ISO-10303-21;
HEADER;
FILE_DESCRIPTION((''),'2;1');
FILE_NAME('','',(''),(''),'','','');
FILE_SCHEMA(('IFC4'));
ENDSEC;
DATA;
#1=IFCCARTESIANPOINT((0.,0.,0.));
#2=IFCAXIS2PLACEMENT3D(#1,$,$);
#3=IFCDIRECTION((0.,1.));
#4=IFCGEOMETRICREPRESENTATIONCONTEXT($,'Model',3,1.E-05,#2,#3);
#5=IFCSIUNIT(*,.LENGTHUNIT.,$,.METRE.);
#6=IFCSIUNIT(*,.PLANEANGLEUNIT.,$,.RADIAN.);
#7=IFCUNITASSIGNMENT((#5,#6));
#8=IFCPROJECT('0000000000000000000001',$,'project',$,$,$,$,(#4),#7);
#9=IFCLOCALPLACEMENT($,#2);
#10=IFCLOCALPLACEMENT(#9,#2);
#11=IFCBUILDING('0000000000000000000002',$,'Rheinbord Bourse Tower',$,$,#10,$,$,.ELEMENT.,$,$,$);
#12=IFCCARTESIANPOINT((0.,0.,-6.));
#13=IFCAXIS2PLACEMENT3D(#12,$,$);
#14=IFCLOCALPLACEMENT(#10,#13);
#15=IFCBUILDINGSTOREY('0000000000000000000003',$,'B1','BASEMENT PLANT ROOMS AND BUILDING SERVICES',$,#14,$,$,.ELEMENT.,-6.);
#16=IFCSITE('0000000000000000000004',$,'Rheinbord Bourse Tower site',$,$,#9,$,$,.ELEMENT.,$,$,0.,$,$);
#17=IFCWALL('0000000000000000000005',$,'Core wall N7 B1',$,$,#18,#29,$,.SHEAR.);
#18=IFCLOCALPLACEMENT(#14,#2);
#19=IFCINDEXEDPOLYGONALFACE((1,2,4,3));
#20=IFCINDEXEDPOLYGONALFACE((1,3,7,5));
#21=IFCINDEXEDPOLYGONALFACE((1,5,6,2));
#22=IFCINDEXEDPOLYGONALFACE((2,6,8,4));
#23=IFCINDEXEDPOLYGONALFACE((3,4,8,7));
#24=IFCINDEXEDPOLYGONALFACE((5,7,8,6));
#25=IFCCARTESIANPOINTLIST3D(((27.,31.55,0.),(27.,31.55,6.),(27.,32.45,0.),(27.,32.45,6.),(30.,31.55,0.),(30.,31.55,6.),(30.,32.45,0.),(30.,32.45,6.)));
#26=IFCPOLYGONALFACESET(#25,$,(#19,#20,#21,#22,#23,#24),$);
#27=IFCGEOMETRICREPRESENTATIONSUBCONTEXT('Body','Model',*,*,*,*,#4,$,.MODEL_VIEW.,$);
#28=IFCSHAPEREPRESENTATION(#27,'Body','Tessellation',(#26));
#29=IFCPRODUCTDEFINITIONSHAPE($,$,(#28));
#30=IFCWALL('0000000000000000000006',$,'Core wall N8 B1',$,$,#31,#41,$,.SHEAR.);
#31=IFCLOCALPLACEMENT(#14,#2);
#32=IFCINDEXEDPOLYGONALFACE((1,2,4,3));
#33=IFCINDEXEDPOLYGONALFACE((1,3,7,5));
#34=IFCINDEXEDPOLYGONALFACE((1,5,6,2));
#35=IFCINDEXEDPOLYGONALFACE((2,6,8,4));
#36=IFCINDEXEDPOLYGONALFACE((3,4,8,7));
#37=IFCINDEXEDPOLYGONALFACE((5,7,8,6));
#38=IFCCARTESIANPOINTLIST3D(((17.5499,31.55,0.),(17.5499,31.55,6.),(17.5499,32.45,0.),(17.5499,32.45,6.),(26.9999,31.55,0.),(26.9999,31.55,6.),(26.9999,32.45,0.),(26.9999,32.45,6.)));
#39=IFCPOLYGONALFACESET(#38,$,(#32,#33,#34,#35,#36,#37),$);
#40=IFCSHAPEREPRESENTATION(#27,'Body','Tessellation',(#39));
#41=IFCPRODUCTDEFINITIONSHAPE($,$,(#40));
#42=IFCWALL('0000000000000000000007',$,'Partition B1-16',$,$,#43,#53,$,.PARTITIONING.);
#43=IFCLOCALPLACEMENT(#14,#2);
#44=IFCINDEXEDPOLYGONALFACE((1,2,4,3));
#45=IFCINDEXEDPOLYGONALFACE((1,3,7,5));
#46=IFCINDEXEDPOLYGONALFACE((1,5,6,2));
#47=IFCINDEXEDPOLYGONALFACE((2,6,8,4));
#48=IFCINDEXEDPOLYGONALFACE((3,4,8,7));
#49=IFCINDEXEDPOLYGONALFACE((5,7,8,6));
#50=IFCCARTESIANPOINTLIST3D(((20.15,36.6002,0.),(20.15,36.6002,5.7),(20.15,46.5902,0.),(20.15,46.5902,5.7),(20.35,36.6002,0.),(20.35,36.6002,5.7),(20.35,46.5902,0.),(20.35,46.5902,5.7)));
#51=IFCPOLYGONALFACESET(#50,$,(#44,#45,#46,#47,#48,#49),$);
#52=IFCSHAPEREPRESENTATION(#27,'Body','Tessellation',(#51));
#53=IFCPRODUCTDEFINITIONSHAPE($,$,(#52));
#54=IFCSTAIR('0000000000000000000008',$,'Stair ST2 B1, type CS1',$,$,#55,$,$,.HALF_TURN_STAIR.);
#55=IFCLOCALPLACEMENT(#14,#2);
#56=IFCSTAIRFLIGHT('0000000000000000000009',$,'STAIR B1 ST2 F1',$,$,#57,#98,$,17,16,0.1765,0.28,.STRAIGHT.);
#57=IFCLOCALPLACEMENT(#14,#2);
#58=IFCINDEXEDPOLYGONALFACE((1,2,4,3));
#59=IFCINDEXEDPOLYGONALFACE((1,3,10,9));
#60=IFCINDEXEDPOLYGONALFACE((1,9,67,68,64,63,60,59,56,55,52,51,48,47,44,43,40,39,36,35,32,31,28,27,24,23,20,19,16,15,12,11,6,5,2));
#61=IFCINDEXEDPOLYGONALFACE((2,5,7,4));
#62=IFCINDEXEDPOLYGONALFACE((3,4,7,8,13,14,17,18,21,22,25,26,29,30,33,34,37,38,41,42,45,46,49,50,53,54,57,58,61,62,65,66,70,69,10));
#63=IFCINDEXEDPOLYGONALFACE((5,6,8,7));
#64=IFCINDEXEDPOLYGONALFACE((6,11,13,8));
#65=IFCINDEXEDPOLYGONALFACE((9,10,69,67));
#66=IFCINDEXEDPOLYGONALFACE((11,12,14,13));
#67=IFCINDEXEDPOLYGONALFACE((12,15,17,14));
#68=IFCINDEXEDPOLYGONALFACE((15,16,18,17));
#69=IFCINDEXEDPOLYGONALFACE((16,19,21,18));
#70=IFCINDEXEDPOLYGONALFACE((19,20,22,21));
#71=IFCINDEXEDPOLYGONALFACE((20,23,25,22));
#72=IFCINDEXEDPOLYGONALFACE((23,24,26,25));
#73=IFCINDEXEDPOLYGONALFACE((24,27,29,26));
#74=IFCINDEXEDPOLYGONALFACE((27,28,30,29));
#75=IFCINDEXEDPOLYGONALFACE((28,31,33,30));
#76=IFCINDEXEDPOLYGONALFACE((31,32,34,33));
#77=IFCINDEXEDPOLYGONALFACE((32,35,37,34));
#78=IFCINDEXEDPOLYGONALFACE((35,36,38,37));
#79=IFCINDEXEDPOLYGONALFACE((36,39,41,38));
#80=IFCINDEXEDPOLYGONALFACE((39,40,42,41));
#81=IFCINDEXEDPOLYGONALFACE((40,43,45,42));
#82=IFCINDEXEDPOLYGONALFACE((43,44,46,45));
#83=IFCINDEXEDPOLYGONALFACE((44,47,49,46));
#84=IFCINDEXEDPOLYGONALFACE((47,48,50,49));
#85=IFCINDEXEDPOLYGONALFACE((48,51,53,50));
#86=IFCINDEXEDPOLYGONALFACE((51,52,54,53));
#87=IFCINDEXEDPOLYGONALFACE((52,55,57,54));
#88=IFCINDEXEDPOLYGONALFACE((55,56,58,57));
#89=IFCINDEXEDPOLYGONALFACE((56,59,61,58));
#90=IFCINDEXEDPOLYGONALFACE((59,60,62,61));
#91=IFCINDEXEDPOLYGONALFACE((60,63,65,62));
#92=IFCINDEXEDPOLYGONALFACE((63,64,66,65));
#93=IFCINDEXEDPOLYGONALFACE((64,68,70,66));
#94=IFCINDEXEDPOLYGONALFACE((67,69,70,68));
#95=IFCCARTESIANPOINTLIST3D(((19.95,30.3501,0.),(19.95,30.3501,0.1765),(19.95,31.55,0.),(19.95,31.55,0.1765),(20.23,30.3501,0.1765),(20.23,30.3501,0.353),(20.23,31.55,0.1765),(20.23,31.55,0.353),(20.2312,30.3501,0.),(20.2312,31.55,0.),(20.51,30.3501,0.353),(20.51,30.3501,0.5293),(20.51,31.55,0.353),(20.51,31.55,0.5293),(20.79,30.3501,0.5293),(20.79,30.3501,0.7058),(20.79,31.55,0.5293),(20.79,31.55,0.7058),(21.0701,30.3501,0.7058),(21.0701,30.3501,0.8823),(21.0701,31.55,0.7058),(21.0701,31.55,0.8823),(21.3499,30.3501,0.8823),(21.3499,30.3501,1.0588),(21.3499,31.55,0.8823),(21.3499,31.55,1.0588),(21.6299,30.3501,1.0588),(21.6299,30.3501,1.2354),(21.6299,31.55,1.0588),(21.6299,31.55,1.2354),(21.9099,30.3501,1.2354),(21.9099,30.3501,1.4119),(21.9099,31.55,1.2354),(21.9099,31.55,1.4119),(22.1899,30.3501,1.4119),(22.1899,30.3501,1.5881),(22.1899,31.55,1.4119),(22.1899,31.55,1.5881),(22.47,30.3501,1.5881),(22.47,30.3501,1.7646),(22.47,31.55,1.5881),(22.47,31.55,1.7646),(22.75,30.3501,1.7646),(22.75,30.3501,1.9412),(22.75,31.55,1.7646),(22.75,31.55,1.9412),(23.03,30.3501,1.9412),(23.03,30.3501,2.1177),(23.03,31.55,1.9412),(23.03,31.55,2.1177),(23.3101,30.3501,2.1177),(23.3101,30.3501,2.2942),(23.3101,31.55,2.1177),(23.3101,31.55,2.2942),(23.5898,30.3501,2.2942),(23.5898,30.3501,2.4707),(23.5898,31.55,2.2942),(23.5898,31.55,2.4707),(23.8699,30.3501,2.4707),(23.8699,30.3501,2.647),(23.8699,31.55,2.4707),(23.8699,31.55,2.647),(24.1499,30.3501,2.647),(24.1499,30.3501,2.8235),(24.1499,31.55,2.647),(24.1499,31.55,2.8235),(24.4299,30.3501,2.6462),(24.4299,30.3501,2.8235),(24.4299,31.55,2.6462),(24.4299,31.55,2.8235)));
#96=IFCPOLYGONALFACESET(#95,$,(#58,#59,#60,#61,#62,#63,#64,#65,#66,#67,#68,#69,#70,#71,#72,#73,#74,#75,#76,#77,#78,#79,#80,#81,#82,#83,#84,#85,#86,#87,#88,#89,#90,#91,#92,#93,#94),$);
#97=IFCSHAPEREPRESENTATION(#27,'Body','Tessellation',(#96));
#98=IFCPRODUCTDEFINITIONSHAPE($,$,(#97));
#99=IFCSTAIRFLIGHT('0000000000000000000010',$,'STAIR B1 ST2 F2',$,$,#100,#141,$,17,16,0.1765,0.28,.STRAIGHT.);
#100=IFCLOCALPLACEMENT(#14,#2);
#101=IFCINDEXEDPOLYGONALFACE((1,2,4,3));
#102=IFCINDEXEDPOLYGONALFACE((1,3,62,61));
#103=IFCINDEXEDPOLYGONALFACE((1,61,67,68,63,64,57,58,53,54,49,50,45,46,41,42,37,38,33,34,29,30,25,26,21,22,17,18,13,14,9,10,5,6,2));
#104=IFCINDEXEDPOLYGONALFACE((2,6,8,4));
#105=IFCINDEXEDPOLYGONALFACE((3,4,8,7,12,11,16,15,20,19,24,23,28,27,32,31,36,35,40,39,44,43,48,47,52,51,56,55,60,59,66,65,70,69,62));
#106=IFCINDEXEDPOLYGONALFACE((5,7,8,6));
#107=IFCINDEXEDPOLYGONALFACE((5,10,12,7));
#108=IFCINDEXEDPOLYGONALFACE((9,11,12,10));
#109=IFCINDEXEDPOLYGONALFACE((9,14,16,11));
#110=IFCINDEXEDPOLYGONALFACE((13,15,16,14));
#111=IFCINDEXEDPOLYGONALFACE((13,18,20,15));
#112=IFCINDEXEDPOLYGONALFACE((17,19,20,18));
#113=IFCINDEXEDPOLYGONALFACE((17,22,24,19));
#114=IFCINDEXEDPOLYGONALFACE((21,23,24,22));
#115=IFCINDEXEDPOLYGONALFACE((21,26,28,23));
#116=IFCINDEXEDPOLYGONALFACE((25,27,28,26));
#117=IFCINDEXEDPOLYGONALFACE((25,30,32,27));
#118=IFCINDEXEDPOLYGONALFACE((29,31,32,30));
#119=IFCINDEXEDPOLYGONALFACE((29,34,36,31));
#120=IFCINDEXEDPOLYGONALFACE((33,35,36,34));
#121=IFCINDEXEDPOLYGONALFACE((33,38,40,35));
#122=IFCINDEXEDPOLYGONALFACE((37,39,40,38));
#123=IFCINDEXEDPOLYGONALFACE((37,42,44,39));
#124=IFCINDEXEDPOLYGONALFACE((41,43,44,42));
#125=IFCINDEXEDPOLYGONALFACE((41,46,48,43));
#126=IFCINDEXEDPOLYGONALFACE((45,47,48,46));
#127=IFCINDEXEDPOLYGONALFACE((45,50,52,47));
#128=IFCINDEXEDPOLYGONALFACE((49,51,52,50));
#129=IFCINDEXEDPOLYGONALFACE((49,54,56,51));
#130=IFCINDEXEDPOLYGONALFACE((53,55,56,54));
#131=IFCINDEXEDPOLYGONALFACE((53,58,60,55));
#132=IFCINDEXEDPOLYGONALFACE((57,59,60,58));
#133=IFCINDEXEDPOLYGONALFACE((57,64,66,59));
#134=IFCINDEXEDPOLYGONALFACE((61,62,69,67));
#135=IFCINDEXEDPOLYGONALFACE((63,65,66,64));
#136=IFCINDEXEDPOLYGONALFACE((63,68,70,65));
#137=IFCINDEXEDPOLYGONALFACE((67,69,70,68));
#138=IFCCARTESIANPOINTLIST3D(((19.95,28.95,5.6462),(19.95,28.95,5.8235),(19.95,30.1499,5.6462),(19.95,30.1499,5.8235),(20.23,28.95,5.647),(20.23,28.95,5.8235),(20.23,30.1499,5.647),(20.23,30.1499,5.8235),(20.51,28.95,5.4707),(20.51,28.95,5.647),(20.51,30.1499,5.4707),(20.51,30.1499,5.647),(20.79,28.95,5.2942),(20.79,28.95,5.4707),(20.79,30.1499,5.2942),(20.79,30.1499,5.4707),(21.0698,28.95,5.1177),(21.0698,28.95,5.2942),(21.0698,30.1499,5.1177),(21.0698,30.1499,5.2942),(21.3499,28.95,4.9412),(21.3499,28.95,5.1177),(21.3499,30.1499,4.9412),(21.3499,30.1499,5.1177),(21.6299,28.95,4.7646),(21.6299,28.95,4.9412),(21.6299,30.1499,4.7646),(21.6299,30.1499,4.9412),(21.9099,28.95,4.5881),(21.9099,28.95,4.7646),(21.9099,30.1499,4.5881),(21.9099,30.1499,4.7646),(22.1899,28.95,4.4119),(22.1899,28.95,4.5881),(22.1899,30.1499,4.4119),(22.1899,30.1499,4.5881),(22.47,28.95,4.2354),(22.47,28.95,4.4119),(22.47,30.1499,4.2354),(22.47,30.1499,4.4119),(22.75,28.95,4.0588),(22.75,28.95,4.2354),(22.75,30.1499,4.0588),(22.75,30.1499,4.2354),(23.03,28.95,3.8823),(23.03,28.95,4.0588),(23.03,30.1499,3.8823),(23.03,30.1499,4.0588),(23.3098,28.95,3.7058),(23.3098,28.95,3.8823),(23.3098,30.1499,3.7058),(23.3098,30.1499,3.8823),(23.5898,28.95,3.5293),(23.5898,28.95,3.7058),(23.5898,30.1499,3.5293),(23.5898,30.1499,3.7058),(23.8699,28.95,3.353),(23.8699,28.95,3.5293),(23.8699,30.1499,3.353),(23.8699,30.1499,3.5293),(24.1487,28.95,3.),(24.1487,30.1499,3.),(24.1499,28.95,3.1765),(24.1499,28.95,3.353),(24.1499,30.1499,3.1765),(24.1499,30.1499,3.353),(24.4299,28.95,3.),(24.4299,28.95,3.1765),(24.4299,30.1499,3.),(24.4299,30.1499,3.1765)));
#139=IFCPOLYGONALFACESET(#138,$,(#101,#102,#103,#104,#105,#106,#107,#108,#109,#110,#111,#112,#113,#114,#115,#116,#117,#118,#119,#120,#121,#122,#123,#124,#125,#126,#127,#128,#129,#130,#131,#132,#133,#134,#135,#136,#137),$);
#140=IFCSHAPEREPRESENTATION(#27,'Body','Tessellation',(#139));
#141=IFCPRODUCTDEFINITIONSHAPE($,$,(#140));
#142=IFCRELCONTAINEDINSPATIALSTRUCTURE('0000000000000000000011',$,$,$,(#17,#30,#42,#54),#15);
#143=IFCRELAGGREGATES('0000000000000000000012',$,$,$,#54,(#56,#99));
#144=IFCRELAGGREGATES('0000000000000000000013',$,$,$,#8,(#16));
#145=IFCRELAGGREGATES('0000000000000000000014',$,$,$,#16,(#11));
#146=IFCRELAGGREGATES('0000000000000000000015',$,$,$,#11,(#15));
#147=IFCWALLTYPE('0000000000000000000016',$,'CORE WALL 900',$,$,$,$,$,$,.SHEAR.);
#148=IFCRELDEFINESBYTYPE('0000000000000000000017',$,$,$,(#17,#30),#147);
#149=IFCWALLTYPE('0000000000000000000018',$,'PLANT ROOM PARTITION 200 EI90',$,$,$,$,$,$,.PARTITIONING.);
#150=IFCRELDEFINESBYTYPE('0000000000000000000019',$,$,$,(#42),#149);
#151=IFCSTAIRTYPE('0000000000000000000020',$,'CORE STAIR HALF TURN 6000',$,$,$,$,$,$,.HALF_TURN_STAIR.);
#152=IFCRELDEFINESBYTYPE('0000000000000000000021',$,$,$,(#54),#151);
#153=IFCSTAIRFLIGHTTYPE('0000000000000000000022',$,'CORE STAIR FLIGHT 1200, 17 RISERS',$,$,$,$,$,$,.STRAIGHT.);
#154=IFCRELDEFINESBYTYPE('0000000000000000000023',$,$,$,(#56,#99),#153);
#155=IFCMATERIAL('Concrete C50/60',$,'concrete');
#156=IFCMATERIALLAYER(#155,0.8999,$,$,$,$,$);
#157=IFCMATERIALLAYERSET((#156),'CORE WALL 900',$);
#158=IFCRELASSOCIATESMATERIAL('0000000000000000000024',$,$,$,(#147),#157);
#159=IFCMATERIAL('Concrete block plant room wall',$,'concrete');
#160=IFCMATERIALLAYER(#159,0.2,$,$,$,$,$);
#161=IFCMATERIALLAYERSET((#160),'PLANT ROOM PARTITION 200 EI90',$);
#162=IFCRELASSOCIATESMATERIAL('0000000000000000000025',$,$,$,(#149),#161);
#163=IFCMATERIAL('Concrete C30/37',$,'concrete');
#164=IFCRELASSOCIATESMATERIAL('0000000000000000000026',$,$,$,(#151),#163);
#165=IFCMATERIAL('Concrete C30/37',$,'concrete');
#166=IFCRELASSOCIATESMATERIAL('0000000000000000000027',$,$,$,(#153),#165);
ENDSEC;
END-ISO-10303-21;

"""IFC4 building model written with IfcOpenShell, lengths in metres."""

from ifc_helpers import new_model, si_unit, direction, frame, frame_2d, origin, place, context, subcontext, project, spatial, polyline, rectangle, outline, extrude, material, layer, layer_set, type_object, element, aggregate, save


model = new_model("IFC4")

# Units and contexts
model_context = context("Model", 3, precision=1e-05, world=origin(), true_north=direction((0.0, 1.0)))
body_context = subcontext(model_context, "Body", "Model", "MODEL_VIEW")
ifc_project = project(units=[si_unit("LENGTHUNIT", "METRE"), si_unit("PLANEANGLEUNIT", "RADIAN")], contexts=[model_context])

# Site, building, storey
site_placement = place(None, origin())
site = spatial("IfcSite", under=ifc_project, at=site_placement, Name="Rheinbord Bourse Tower site", CompositionType="ELEMENT", RefElevation=0.0)
building_placement = place(site_placement, origin())
building = spatial("IfcBuilding", under=site, at=building_placement, Name="Rheinbord Bourse Tower", CompositionType="ELEMENT")
storey_placement = place(building_placement, frame((0.0, 0.0, -6.0)))
storey = spatial("IfcBuildingStorey", under=building, at=storey_placement, Name="B1", Description="BASEMENT PLANT ROOMS AND BUILDING SERVICES", CompositionType="ELEMENT", Elevation=-6.0)

# Walls
ifc_material_1 = material(Name="Concrete C50/60", Category="concrete")
ifc_layer_1 = layer(ifc_material_1, 0.8999)
ifc_layer_set_1 = layer_set([ifc_layer_1], Name="CORE WALL 900")
wall_type_1 = type_object("IfcWallType", Name="CORE WALL 900", PredefinedType="SHEAR", material=ifc_layer_set_1)
for number, where, z_axis, x_axis, name in (
    (1, (30.0, 32.0, 0.0), (0.0, 0.0, 1.0), (-1.0, 0.0, 0.0), "Core wall N7 B1"),
):
    element("IfcWall", number, at=place(storey_placement, frame(where, z_axis=z_axis, x_axis=x_axis)), inside=storey, type_object=wall_type_1, Name=name, PredefinedType="SHEAR", context=body_context, shape_type="SweptSolid", body=[
        extrude(rectangle(XDim=3.0, YDim=0.8999, at=frame_2d((1.5, 0.0))), origin(), (0.0, 0.0, 1.0), 6.0),
    ])
wall_1_placement = place(storey_placement, frame((27.0, 32.0, 0.0), z_axis=(0.0, 0.0, 1.0), x_axis=(-1.0, 0.0, 0.0)))
element("IfcWall", 2, at=wall_1_placement, inside=storey, type_object=wall_type_1, Name="Core wall N8 B1", PredefinedType="SHEAR", context=body_context, shape_type="SweptSolid", body=[
    extrude(rectangle(XDim=9.45, YDim=0.8999, at=frame_2d((4.7251, 0.0))), origin(), (0.0, 0.0, 1.0), 6.0),
])
ifc_material_2 = material(Name="Concrete block plant room wall", Category="concrete")
ifc_layer_2 = layer(ifc_material_2, 0.2)
ifc_layer_set_2 = layer_set([ifc_layer_2], Name="PLANT ROOM PARTITION 200 EI90")
wall_type_2 = type_object("IfcWallType", Name="PLANT ROOM PARTITION 200 EI90", PredefinedType="PARTITIONING", material=ifc_layer_set_2)
wall_2_placement = place(storey_placement, frame((20.25, 36.6001, 0.0), z_axis=(0.0, 0.0, 1.0), x_axis=(0.0, 1.0, 0.0)))
element("IfcWall", 3, at=wall_2_placement, inside=storey, type_object=wall_type_2, Name="Partition B1-16", PredefinedType="PARTITIONING", context=body_context, shape_type="SweptSolid", body=[
    extrude(rectangle(XDim=9.99, YDim=0.2, at=frame_2d((4.9951, 0.0))), origin(), (0.0, 0.0, 1.0), 5.7),
])

# Stair, stair flights
ifc_material_3 = material(Name="Concrete C30/37", Category="concrete")
stair_type = type_object("IfcStairType", Name="CORE STAIR HALF TURN 6000", PredefinedType="HALF_TURN_STAIR", material=ifc_material_3)
stair_placement = place(storey_placement, origin())
stair = element("IfcStair", 4, at=stair_placement, inside=storey, type_object=stair_type, Name="Stair ST2 B1, type CS1", PredefinedType="HALF_TURN_STAIR")
ifc_material_4 = material(Name="Concrete C30/37", Category="concrete")
stair_flight_type = type_object("IfcStairFlightType", Name="CORE STAIR FLIGHT 1200, 17 RISERS", PredefinedType="STRAIGHT", material=ifc_material_4)
stair_flight_1_placement = place(storey_placement, frame((19.95, 30.95, 0.0), z_axis=(0.0, 0.0, 1.0), x_axis=(1.0, 0.0, 0.0)))
stair_flight_1 = element("IfcStairFlight", 5, at=stair_flight_1_placement, type_object=stair_flight_type, Name="STAIR B1 ST2 F1", NumberOfRisers=17, NumberOfTreads=16, PredefinedType="STRAIGHT", RiserHeight=0.1765, TreadLength=0.28, context=body_context, shape_type="SweptSolid", body=[
    extrude(outline(polyline([(0.0, 0.0), (0.0, 0.1765), (0.28, 0.1765), (0.28, 0.353), (0.5601, 0.353), (0.5601, 0.5293), (0.8401, 0.5293), (0.8401, 0.7058), (1.1201, 0.7058), (1.1201, 0.8823), (1.3999, 0.8823), (1.3999, 1.0588), (1.6799, 1.0588), (1.6799, 1.2354), (1.96, 1.2354), (1.96, 1.4119), (2.24, 1.4119), (2.24, 1.5881), (2.52, 1.5881), (2.52, 1.7646), (2.8, 1.7646), (2.8, 1.9412), (3.0801, 1.9412), (3.0801, 2.1177), (3.3601, 2.1177), (3.3601, 2.2942), (3.6399, 2.2942), (3.6399, 2.4707), (3.9199, 2.4707), (3.9199, 2.647), (4.2, 2.647), (4.2, 2.8235), (4.48, 2.8235), (4.48, 3.0), (4.48, 2.6462), (0.2812, 0.0), (0.0, 0.0)])), frame((0.0, 0.6001, 0.0), z_axis=(0.0, -1.0, 0.0), x_axis=(1.0, 0.0, 0.0)), (0.0, 0.0, 1.0), 1.2),
])
stair_flight_2_placement = place(storey_placement, frame((24.4299, 29.55, 3.0), z_axis=(0.0, 0.0, 1.0), x_axis=(-1.0, 0.0, 0.0)))
stair_flight_2 = element("IfcStairFlight", 6, at=stair_flight_2_placement, type_object=stair_flight_type, Name="STAIR B1 ST2 F2", NumberOfRisers=17, NumberOfTreads=16, PredefinedType="STRAIGHT", RiserHeight=0.1765, TreadLength=0.28, context=body_context, shape_type="SweptSolid", body=[
    extrude(outline(polyline([(0.0, 0.0), (0.0, 0.1765), (0.28, 0.1765), (0.28, 0.353), (0.5601, 0.353), (0.5601, 0.5293), (0.8401, 0.5293), (0.8401, 0.7058), (1.1201, 0.7058), (1.1201, 0.8823), (1.3999, 0.8823), (1.3999, 1.0588), (1.6799, 1.0588), (1.6799, 1.2354), (1.96, 1.2354), (1.96, 1.4119), (2.24, 1.4119), (2.24, 1.5881), (2.52, 1.5881), (2.52, 1.7646), (2.8, 1.7646), (2.8, 1.9412), (3.0801, 1.9412), (3.0801, 2.1177), (3.3601, 2.1177), (3.3601, 2.2942), (3.6399, 2.2942), (3.6399, 2.4707), (3.9199, 2.4707), (3.9199, 2.647), (4.2, 2.647), (4.2, 2.8235), (4.48, 2.8235), (4.48, 3.0), (4.48, 2.6462), (0.2812, 0.0), (0.0, 0.0)])), frame((0.0, 0.6001, 0.0), z_axis=(0.0, -1.0, 0.0), x_axis=(1.0, 0.0, 0.0)), (0.0, 0.0, 1.0), 1.2),
])
aggregate(stair, [stair_flight_1, stair_flight_2])

save(model, "model.ifc")
